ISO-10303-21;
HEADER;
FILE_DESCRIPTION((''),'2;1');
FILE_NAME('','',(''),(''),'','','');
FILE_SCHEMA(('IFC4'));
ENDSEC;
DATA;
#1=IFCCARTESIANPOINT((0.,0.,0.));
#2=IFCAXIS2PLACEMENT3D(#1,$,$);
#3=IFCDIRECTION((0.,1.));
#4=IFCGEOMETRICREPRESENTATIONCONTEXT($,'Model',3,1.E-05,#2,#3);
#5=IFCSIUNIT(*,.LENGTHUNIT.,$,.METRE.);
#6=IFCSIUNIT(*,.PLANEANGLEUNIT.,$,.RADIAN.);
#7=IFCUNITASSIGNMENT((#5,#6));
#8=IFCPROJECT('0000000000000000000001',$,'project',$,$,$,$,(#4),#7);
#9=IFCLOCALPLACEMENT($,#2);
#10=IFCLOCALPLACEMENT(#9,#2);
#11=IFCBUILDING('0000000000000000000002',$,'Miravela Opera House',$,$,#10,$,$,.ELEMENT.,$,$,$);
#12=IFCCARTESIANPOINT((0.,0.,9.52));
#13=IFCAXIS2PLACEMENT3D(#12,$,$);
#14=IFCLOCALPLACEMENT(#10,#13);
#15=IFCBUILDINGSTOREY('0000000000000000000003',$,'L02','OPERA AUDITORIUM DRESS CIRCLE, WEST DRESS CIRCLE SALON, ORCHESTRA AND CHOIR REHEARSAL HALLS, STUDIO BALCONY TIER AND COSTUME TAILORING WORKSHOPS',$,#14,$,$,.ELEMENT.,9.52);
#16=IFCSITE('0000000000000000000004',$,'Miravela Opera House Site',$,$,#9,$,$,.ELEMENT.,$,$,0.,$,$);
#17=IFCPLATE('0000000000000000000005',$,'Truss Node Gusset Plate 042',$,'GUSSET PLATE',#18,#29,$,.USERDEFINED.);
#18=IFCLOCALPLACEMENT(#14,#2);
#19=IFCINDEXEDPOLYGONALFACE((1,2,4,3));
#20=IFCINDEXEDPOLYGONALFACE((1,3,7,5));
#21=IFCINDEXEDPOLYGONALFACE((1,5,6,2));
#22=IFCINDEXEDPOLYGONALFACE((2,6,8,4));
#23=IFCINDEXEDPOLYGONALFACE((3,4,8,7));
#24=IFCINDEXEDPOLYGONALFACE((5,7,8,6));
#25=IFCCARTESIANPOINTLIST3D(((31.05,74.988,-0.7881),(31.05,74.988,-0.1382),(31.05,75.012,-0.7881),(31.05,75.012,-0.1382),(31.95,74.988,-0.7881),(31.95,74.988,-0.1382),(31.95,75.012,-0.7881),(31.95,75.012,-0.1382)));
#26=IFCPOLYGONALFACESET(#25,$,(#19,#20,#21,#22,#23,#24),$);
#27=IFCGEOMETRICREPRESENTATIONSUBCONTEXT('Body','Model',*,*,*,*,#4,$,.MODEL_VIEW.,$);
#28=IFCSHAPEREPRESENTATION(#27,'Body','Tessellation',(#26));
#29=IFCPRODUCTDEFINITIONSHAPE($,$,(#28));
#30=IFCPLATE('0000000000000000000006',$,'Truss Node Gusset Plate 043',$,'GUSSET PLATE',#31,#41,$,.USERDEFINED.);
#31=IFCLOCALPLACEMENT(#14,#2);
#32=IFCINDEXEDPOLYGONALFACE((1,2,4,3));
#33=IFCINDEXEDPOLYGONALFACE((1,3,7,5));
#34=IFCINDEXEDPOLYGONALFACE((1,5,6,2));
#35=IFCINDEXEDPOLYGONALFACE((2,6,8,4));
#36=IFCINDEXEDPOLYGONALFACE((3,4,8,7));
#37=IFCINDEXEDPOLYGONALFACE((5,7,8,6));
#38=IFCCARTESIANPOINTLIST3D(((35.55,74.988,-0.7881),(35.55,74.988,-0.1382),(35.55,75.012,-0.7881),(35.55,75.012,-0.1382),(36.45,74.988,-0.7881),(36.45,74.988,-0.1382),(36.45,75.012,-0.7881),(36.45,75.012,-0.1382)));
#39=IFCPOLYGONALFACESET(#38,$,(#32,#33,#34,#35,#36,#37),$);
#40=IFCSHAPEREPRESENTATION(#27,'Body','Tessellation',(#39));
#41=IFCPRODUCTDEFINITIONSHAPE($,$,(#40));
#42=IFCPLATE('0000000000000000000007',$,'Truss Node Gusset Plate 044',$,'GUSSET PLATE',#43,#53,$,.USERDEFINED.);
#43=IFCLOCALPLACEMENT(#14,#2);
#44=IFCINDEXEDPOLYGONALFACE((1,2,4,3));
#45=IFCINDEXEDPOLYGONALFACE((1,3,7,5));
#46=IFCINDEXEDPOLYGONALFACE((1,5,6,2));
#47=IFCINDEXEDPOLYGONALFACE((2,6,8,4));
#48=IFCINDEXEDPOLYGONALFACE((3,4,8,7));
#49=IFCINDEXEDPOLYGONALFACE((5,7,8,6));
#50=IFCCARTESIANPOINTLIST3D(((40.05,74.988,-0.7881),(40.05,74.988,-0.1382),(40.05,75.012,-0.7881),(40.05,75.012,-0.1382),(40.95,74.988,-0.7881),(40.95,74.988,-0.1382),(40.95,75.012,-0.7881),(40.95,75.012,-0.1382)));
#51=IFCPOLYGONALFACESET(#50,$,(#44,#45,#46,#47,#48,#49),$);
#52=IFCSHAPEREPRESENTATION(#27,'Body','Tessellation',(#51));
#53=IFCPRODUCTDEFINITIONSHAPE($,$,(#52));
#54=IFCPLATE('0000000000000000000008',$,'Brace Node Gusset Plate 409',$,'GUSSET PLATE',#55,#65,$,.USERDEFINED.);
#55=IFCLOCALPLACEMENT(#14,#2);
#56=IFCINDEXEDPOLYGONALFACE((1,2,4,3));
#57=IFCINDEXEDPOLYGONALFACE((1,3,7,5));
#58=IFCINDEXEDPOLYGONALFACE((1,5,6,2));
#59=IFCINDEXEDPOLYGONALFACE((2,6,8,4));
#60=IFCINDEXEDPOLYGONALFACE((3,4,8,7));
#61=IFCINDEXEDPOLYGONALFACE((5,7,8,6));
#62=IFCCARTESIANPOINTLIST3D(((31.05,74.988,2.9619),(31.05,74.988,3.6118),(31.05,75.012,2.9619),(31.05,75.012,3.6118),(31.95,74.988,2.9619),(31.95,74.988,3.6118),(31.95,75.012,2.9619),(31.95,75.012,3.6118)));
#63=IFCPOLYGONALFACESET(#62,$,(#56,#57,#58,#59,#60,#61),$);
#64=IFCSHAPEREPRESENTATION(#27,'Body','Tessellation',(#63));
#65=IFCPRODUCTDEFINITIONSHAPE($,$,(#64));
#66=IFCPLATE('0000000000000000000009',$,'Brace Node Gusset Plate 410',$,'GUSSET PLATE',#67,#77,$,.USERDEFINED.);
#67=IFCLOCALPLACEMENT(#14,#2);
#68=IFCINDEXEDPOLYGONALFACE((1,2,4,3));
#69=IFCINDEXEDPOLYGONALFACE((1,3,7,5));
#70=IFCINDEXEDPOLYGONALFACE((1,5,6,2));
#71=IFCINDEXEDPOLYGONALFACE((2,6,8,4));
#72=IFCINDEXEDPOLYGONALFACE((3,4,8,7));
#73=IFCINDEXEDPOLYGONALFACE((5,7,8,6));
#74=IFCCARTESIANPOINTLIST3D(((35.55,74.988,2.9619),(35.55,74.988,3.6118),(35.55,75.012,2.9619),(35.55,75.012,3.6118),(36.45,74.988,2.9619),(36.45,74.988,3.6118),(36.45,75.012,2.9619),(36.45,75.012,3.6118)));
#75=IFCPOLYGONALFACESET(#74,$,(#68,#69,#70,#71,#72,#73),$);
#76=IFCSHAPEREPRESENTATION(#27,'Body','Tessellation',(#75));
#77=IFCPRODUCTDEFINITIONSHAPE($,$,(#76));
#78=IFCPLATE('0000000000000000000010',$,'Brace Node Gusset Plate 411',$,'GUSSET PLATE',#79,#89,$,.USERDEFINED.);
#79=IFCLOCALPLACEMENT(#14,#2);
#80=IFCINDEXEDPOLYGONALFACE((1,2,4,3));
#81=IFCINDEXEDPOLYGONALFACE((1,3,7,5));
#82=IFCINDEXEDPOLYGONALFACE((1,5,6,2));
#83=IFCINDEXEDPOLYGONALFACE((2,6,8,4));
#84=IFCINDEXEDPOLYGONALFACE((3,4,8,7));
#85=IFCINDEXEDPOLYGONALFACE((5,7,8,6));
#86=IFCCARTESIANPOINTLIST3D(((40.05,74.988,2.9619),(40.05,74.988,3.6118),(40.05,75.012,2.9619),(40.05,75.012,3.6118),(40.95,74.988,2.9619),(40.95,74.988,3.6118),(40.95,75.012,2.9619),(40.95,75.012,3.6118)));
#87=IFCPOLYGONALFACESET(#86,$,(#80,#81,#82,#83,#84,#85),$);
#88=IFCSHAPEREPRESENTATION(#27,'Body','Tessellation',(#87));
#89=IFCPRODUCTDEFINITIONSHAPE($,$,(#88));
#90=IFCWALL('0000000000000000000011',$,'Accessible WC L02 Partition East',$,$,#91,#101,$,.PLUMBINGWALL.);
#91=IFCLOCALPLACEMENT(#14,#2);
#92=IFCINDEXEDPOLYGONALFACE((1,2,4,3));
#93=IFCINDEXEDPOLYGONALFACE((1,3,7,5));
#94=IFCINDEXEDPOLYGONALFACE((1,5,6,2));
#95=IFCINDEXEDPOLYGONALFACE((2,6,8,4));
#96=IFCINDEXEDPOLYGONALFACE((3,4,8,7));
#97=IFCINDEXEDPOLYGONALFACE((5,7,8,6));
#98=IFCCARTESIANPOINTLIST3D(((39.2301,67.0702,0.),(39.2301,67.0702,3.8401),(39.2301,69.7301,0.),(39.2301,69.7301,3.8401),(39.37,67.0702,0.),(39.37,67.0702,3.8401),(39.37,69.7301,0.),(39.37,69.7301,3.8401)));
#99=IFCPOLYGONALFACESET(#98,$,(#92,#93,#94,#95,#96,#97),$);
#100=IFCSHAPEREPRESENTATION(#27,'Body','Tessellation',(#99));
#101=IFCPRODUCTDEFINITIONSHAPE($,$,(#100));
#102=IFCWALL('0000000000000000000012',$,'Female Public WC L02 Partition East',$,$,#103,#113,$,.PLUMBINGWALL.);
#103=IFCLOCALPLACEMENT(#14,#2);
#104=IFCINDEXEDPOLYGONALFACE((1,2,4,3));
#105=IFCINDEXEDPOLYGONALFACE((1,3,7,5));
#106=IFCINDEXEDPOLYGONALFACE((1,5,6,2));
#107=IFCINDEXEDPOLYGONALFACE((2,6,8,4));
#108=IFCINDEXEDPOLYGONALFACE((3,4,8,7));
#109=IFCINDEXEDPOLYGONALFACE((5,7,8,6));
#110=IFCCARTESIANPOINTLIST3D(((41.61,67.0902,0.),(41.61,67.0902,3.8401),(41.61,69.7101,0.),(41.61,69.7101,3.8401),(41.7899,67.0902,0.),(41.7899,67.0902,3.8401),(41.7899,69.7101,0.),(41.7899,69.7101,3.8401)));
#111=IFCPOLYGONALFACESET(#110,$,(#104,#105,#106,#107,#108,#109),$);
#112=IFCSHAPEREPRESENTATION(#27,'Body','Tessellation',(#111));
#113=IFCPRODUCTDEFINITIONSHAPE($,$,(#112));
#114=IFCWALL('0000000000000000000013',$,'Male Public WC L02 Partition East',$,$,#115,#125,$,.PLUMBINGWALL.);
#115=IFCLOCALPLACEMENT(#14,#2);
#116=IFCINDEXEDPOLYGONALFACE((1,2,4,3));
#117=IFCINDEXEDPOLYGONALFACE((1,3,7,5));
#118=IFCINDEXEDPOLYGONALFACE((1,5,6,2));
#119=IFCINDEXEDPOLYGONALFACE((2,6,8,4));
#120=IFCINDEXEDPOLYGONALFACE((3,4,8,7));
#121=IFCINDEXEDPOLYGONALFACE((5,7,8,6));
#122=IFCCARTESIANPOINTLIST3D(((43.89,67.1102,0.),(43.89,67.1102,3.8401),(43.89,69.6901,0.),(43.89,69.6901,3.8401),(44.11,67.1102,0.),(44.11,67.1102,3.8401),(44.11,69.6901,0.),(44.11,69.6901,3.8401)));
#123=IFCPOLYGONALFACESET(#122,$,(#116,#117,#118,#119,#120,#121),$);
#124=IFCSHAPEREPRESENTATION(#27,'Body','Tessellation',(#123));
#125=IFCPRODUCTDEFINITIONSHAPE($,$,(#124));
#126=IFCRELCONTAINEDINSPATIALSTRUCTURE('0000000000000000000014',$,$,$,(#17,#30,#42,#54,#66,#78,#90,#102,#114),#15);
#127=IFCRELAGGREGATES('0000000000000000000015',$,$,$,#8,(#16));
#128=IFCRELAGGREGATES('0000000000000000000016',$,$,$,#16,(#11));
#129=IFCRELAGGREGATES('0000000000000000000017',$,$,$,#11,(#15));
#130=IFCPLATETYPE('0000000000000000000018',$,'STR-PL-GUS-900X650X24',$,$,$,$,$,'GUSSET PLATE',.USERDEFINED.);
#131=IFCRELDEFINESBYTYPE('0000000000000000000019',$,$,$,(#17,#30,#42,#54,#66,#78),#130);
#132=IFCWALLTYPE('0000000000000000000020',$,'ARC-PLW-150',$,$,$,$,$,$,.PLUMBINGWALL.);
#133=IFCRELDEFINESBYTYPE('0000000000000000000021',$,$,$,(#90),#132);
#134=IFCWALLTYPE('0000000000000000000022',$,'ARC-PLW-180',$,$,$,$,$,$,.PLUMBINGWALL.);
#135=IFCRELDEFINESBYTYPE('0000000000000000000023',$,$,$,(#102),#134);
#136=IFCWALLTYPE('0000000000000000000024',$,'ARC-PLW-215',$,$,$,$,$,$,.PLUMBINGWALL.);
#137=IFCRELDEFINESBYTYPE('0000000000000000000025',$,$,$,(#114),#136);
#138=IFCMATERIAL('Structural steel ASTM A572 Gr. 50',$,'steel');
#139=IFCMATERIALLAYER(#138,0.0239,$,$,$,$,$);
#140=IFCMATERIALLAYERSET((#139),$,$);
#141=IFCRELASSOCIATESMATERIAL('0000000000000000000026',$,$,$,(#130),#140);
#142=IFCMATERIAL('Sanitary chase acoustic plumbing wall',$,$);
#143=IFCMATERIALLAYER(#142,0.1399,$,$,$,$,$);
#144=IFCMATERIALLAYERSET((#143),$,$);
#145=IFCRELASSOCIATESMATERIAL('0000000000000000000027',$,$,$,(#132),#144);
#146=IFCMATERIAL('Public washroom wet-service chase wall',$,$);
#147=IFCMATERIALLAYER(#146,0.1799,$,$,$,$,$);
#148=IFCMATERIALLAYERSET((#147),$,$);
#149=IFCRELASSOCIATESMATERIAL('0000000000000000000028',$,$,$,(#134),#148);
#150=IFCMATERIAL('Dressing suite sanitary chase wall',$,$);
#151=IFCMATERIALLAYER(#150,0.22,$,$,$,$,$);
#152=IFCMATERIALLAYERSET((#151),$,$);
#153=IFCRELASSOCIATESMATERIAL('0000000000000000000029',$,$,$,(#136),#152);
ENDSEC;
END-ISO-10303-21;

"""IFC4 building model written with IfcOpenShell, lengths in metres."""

from ifc_helpers import new_model, si_unit, direction, frame, frame_2d, origin, origin_2d, place, context, subcontext, project, spatial, rectangle, extrude, material, layer, layer_set, type_object, element, save


model = new_model("IFC4")

# Units and contexts
model_context = context("Model", 3, precision=1e-05, world=origin(), true_north=direction((0.0, 1.0)))
body_context = subcontext(model_context, "Body", "Model", "MODEL_VIEW")
ifc_project = project(units=[si_unit("LENGTHUNIT", "METRE"), si_unit("PLANEANGLEUNIT", "RADIAN")], contexts=[model_context])

# Site, building, storey
site_placement = place(None, origin())
site = spatial("IfcSite", under=ifc_project, at=site_placement, Name="Miravela Opera House Site", CompositionType="ELEMENT", RefElevation=0.0)
building_placement = place(site_placement, origin())
building = spatial("IfcBuilding", under=site, at=building_placement, Name="Miravela Opera House", CompositionType="ELEMENT")
storey_placement = place(building_placement, frame((0.0, 0.0, 9.52)))
storey = spatial("IfcBuildingStorey", under=building, at=storey_placement, Name="L02", Description="OPERA AUDITORIUM DRESS CIRCLE, WEST DRESS CIRCLE SALON, ORCHESTRA AND CHOIR REHEARSAL HALLS, STUDIO BALCONY TIER AND COSTUME TAILORING WORKSHOPS", CompositionType="ELEMENT", Elevation=9.52)

# Plates
ifc_material_1 = material(Name="Structural steel ASTM A572 Gr. 50", Category="steel")
ifc_layer_1 = layer(ifc_material_1, 0.0239)
ifc_layer_set_1 = layer_set([ifc_layer_1])
plate_type = type_object("IfcPlateType", Name="STR-PL-GUS-900X650X24", ElementType="GUSSET PLATE", PredefinedType="USERDEFINED", material=ifc_layer_set_1)
for number, where, z_axis, x_axis, name in (
    (1, (31.5, 75.0, -0.7881), (0.0, 0.0, 1.0), (1.0, 0.0, 0.0), "Truss Node Gusset Plate 042"),
    (2, (36.0, 75.0, -0.7881), (0.0, 0.0, 1.0), (1.0, 0.0, 0.0), "Truss Node Gusset Plate 043"),
    (3, (40.5, 75.0, -0.7881), (0.0, 0.0, 1.0), (1.0, 0.0, 0.0), "Truss Node Gusset Plate 044"),
    (4, (31.5, 75.0, 2.9619), (0.0, 0.0, 1.0), (1.0, 0.0, 0.0), "Brace Node Gusset Plate 409"),
    (5, (36.0, 75.0, 2.9619), (0.0, 0.0, 1.0), (1.0, 0.0, 0.0), "Brace Node Gusset Plate 410"),
    (6, (40.5, 75.0, 2.9619), (0.0, 0.0, 1.0), (1.0, 0.0, 0.0), "Brace Node Gusset Plate 411"),
):
    element("IfcPlate", number, at=place(storey_placement, frame(where, z_axis=z_axis, x_axis=x_axis)), inside=storey, type_object=plate_type, Name=name, ObjectType="GUSSET PLATE", PredefinedType="USERDEFINED", context=body_context, shape_type="SweptSolid", body=[
        extrude(rectangle(XDim=0.8999, YDim=0.0239, at=origin_2d()), origin(), (0.0, 0.0, 1.0), 0.6499),
    ])

# Shared definitions
ifc_material_2 = material(Name="Sanitary chase acoustic plumbing wall")
ifc_layer_2 = layer(ifc_material_2, 0.1399)
ifc_layer_set_2 = layer_set([ifc_layer_2])
wall_type_1 = type_object("IfcWallType", Name="ARC-PLW-150", PredefinedType="PLUMBINGWALL", material=ifc_layer_set_2)

# Wall
wall_1_placement = place(storey_placement, frame((39.3, 67.0701, 0.0), z_axis=(0.0, 0.0, 1.0), x_axis=(0.0, 1.0, 0.0)))
element("IfcWall", 7, at=wall_1_placement, inside=storey, type_object=wall_type_1, Name="Accessible WC L02 Partition East", PredefinedType="PLUMBINGWALL", context=body_context, shape_type="SweptSolid", body=[
    extrude(rectangle(XDim=2.6599, YDim=0.1399, at=frame_2d((1.3301, 0.0))), origin(), (0.0, 0.0, 1.0), 3.8401),
])

# Shared definitions
ifc_material_3 = material(Name="Public washroom wet-service chase wall")
ifc_layer_3 = layer(ifc_material_3, 0.1799)
ifc_layer_set_3 = layer_set([ifc_layer_3])
wall_type_2 = type_object("IfcWallType", Name="ARC-PLW-180", PredefinedType="PLUMBINGWALL", material=ifc_layer_set_3)

# Wall
wall_2_placement = place(storey_placement, frame((41.7, 67.0901, 0.0), z_axis=(0.0, 0.0, 1.0), x_axis=(0.0, 1.0, 0.0)))
element("IfcWall", 8, at=wall_2_placement, inside=storey, type_object=wall_type_2, Name="Female Public WC L02 Partition East", PredefinedType="PLUMBINGWALL", context=body_context, shape_type="SweptSolid", body=[
    extrude(rectangle(XDim=2.6199, YDim=0.1799, at=frame_2d((1.3101, 0.0))), origin(), (0.0, 0.0, 1.0), 3.8401),
])

# Shared definitions
ifc_material_4 = material(Name="Dressing suite sanitary chase wall")
ifc_layer_4 = layer(ifc_material_4, 0.22)
ifc_layer_set_4 = layer_set([ifc_layer_4])
wall_type_3 = type_object("IfcWallType", Name="ARC-PLW-215", PredefinedType="PLUMBINGWALL", material=ifc_layer_set_4)

# Wall
wall_3_placement = place(storey_placement, frame((44.0, 67.1101, 0.0), z_axis=(0.0, 0.0, 1.0), x_axis=(0.0, 1.0, 0.0)))
element("IfcWall", 9, at=wall_3_placement, inside=storey, type_object=wall_type_3, Name="Male Public WC L02 Partition East", PredefinedType="PLUMBINGWALL", context=body_context, shape_type="SweptSolid", body=[
    extrude(rectangle(XDim=2.5798, YDim=0.22, at=frame_2d((1.29, 0.0))), origin(), (0.0, 0.0, 1.0), 3.8401),
])

save(model, "model.ifc")
